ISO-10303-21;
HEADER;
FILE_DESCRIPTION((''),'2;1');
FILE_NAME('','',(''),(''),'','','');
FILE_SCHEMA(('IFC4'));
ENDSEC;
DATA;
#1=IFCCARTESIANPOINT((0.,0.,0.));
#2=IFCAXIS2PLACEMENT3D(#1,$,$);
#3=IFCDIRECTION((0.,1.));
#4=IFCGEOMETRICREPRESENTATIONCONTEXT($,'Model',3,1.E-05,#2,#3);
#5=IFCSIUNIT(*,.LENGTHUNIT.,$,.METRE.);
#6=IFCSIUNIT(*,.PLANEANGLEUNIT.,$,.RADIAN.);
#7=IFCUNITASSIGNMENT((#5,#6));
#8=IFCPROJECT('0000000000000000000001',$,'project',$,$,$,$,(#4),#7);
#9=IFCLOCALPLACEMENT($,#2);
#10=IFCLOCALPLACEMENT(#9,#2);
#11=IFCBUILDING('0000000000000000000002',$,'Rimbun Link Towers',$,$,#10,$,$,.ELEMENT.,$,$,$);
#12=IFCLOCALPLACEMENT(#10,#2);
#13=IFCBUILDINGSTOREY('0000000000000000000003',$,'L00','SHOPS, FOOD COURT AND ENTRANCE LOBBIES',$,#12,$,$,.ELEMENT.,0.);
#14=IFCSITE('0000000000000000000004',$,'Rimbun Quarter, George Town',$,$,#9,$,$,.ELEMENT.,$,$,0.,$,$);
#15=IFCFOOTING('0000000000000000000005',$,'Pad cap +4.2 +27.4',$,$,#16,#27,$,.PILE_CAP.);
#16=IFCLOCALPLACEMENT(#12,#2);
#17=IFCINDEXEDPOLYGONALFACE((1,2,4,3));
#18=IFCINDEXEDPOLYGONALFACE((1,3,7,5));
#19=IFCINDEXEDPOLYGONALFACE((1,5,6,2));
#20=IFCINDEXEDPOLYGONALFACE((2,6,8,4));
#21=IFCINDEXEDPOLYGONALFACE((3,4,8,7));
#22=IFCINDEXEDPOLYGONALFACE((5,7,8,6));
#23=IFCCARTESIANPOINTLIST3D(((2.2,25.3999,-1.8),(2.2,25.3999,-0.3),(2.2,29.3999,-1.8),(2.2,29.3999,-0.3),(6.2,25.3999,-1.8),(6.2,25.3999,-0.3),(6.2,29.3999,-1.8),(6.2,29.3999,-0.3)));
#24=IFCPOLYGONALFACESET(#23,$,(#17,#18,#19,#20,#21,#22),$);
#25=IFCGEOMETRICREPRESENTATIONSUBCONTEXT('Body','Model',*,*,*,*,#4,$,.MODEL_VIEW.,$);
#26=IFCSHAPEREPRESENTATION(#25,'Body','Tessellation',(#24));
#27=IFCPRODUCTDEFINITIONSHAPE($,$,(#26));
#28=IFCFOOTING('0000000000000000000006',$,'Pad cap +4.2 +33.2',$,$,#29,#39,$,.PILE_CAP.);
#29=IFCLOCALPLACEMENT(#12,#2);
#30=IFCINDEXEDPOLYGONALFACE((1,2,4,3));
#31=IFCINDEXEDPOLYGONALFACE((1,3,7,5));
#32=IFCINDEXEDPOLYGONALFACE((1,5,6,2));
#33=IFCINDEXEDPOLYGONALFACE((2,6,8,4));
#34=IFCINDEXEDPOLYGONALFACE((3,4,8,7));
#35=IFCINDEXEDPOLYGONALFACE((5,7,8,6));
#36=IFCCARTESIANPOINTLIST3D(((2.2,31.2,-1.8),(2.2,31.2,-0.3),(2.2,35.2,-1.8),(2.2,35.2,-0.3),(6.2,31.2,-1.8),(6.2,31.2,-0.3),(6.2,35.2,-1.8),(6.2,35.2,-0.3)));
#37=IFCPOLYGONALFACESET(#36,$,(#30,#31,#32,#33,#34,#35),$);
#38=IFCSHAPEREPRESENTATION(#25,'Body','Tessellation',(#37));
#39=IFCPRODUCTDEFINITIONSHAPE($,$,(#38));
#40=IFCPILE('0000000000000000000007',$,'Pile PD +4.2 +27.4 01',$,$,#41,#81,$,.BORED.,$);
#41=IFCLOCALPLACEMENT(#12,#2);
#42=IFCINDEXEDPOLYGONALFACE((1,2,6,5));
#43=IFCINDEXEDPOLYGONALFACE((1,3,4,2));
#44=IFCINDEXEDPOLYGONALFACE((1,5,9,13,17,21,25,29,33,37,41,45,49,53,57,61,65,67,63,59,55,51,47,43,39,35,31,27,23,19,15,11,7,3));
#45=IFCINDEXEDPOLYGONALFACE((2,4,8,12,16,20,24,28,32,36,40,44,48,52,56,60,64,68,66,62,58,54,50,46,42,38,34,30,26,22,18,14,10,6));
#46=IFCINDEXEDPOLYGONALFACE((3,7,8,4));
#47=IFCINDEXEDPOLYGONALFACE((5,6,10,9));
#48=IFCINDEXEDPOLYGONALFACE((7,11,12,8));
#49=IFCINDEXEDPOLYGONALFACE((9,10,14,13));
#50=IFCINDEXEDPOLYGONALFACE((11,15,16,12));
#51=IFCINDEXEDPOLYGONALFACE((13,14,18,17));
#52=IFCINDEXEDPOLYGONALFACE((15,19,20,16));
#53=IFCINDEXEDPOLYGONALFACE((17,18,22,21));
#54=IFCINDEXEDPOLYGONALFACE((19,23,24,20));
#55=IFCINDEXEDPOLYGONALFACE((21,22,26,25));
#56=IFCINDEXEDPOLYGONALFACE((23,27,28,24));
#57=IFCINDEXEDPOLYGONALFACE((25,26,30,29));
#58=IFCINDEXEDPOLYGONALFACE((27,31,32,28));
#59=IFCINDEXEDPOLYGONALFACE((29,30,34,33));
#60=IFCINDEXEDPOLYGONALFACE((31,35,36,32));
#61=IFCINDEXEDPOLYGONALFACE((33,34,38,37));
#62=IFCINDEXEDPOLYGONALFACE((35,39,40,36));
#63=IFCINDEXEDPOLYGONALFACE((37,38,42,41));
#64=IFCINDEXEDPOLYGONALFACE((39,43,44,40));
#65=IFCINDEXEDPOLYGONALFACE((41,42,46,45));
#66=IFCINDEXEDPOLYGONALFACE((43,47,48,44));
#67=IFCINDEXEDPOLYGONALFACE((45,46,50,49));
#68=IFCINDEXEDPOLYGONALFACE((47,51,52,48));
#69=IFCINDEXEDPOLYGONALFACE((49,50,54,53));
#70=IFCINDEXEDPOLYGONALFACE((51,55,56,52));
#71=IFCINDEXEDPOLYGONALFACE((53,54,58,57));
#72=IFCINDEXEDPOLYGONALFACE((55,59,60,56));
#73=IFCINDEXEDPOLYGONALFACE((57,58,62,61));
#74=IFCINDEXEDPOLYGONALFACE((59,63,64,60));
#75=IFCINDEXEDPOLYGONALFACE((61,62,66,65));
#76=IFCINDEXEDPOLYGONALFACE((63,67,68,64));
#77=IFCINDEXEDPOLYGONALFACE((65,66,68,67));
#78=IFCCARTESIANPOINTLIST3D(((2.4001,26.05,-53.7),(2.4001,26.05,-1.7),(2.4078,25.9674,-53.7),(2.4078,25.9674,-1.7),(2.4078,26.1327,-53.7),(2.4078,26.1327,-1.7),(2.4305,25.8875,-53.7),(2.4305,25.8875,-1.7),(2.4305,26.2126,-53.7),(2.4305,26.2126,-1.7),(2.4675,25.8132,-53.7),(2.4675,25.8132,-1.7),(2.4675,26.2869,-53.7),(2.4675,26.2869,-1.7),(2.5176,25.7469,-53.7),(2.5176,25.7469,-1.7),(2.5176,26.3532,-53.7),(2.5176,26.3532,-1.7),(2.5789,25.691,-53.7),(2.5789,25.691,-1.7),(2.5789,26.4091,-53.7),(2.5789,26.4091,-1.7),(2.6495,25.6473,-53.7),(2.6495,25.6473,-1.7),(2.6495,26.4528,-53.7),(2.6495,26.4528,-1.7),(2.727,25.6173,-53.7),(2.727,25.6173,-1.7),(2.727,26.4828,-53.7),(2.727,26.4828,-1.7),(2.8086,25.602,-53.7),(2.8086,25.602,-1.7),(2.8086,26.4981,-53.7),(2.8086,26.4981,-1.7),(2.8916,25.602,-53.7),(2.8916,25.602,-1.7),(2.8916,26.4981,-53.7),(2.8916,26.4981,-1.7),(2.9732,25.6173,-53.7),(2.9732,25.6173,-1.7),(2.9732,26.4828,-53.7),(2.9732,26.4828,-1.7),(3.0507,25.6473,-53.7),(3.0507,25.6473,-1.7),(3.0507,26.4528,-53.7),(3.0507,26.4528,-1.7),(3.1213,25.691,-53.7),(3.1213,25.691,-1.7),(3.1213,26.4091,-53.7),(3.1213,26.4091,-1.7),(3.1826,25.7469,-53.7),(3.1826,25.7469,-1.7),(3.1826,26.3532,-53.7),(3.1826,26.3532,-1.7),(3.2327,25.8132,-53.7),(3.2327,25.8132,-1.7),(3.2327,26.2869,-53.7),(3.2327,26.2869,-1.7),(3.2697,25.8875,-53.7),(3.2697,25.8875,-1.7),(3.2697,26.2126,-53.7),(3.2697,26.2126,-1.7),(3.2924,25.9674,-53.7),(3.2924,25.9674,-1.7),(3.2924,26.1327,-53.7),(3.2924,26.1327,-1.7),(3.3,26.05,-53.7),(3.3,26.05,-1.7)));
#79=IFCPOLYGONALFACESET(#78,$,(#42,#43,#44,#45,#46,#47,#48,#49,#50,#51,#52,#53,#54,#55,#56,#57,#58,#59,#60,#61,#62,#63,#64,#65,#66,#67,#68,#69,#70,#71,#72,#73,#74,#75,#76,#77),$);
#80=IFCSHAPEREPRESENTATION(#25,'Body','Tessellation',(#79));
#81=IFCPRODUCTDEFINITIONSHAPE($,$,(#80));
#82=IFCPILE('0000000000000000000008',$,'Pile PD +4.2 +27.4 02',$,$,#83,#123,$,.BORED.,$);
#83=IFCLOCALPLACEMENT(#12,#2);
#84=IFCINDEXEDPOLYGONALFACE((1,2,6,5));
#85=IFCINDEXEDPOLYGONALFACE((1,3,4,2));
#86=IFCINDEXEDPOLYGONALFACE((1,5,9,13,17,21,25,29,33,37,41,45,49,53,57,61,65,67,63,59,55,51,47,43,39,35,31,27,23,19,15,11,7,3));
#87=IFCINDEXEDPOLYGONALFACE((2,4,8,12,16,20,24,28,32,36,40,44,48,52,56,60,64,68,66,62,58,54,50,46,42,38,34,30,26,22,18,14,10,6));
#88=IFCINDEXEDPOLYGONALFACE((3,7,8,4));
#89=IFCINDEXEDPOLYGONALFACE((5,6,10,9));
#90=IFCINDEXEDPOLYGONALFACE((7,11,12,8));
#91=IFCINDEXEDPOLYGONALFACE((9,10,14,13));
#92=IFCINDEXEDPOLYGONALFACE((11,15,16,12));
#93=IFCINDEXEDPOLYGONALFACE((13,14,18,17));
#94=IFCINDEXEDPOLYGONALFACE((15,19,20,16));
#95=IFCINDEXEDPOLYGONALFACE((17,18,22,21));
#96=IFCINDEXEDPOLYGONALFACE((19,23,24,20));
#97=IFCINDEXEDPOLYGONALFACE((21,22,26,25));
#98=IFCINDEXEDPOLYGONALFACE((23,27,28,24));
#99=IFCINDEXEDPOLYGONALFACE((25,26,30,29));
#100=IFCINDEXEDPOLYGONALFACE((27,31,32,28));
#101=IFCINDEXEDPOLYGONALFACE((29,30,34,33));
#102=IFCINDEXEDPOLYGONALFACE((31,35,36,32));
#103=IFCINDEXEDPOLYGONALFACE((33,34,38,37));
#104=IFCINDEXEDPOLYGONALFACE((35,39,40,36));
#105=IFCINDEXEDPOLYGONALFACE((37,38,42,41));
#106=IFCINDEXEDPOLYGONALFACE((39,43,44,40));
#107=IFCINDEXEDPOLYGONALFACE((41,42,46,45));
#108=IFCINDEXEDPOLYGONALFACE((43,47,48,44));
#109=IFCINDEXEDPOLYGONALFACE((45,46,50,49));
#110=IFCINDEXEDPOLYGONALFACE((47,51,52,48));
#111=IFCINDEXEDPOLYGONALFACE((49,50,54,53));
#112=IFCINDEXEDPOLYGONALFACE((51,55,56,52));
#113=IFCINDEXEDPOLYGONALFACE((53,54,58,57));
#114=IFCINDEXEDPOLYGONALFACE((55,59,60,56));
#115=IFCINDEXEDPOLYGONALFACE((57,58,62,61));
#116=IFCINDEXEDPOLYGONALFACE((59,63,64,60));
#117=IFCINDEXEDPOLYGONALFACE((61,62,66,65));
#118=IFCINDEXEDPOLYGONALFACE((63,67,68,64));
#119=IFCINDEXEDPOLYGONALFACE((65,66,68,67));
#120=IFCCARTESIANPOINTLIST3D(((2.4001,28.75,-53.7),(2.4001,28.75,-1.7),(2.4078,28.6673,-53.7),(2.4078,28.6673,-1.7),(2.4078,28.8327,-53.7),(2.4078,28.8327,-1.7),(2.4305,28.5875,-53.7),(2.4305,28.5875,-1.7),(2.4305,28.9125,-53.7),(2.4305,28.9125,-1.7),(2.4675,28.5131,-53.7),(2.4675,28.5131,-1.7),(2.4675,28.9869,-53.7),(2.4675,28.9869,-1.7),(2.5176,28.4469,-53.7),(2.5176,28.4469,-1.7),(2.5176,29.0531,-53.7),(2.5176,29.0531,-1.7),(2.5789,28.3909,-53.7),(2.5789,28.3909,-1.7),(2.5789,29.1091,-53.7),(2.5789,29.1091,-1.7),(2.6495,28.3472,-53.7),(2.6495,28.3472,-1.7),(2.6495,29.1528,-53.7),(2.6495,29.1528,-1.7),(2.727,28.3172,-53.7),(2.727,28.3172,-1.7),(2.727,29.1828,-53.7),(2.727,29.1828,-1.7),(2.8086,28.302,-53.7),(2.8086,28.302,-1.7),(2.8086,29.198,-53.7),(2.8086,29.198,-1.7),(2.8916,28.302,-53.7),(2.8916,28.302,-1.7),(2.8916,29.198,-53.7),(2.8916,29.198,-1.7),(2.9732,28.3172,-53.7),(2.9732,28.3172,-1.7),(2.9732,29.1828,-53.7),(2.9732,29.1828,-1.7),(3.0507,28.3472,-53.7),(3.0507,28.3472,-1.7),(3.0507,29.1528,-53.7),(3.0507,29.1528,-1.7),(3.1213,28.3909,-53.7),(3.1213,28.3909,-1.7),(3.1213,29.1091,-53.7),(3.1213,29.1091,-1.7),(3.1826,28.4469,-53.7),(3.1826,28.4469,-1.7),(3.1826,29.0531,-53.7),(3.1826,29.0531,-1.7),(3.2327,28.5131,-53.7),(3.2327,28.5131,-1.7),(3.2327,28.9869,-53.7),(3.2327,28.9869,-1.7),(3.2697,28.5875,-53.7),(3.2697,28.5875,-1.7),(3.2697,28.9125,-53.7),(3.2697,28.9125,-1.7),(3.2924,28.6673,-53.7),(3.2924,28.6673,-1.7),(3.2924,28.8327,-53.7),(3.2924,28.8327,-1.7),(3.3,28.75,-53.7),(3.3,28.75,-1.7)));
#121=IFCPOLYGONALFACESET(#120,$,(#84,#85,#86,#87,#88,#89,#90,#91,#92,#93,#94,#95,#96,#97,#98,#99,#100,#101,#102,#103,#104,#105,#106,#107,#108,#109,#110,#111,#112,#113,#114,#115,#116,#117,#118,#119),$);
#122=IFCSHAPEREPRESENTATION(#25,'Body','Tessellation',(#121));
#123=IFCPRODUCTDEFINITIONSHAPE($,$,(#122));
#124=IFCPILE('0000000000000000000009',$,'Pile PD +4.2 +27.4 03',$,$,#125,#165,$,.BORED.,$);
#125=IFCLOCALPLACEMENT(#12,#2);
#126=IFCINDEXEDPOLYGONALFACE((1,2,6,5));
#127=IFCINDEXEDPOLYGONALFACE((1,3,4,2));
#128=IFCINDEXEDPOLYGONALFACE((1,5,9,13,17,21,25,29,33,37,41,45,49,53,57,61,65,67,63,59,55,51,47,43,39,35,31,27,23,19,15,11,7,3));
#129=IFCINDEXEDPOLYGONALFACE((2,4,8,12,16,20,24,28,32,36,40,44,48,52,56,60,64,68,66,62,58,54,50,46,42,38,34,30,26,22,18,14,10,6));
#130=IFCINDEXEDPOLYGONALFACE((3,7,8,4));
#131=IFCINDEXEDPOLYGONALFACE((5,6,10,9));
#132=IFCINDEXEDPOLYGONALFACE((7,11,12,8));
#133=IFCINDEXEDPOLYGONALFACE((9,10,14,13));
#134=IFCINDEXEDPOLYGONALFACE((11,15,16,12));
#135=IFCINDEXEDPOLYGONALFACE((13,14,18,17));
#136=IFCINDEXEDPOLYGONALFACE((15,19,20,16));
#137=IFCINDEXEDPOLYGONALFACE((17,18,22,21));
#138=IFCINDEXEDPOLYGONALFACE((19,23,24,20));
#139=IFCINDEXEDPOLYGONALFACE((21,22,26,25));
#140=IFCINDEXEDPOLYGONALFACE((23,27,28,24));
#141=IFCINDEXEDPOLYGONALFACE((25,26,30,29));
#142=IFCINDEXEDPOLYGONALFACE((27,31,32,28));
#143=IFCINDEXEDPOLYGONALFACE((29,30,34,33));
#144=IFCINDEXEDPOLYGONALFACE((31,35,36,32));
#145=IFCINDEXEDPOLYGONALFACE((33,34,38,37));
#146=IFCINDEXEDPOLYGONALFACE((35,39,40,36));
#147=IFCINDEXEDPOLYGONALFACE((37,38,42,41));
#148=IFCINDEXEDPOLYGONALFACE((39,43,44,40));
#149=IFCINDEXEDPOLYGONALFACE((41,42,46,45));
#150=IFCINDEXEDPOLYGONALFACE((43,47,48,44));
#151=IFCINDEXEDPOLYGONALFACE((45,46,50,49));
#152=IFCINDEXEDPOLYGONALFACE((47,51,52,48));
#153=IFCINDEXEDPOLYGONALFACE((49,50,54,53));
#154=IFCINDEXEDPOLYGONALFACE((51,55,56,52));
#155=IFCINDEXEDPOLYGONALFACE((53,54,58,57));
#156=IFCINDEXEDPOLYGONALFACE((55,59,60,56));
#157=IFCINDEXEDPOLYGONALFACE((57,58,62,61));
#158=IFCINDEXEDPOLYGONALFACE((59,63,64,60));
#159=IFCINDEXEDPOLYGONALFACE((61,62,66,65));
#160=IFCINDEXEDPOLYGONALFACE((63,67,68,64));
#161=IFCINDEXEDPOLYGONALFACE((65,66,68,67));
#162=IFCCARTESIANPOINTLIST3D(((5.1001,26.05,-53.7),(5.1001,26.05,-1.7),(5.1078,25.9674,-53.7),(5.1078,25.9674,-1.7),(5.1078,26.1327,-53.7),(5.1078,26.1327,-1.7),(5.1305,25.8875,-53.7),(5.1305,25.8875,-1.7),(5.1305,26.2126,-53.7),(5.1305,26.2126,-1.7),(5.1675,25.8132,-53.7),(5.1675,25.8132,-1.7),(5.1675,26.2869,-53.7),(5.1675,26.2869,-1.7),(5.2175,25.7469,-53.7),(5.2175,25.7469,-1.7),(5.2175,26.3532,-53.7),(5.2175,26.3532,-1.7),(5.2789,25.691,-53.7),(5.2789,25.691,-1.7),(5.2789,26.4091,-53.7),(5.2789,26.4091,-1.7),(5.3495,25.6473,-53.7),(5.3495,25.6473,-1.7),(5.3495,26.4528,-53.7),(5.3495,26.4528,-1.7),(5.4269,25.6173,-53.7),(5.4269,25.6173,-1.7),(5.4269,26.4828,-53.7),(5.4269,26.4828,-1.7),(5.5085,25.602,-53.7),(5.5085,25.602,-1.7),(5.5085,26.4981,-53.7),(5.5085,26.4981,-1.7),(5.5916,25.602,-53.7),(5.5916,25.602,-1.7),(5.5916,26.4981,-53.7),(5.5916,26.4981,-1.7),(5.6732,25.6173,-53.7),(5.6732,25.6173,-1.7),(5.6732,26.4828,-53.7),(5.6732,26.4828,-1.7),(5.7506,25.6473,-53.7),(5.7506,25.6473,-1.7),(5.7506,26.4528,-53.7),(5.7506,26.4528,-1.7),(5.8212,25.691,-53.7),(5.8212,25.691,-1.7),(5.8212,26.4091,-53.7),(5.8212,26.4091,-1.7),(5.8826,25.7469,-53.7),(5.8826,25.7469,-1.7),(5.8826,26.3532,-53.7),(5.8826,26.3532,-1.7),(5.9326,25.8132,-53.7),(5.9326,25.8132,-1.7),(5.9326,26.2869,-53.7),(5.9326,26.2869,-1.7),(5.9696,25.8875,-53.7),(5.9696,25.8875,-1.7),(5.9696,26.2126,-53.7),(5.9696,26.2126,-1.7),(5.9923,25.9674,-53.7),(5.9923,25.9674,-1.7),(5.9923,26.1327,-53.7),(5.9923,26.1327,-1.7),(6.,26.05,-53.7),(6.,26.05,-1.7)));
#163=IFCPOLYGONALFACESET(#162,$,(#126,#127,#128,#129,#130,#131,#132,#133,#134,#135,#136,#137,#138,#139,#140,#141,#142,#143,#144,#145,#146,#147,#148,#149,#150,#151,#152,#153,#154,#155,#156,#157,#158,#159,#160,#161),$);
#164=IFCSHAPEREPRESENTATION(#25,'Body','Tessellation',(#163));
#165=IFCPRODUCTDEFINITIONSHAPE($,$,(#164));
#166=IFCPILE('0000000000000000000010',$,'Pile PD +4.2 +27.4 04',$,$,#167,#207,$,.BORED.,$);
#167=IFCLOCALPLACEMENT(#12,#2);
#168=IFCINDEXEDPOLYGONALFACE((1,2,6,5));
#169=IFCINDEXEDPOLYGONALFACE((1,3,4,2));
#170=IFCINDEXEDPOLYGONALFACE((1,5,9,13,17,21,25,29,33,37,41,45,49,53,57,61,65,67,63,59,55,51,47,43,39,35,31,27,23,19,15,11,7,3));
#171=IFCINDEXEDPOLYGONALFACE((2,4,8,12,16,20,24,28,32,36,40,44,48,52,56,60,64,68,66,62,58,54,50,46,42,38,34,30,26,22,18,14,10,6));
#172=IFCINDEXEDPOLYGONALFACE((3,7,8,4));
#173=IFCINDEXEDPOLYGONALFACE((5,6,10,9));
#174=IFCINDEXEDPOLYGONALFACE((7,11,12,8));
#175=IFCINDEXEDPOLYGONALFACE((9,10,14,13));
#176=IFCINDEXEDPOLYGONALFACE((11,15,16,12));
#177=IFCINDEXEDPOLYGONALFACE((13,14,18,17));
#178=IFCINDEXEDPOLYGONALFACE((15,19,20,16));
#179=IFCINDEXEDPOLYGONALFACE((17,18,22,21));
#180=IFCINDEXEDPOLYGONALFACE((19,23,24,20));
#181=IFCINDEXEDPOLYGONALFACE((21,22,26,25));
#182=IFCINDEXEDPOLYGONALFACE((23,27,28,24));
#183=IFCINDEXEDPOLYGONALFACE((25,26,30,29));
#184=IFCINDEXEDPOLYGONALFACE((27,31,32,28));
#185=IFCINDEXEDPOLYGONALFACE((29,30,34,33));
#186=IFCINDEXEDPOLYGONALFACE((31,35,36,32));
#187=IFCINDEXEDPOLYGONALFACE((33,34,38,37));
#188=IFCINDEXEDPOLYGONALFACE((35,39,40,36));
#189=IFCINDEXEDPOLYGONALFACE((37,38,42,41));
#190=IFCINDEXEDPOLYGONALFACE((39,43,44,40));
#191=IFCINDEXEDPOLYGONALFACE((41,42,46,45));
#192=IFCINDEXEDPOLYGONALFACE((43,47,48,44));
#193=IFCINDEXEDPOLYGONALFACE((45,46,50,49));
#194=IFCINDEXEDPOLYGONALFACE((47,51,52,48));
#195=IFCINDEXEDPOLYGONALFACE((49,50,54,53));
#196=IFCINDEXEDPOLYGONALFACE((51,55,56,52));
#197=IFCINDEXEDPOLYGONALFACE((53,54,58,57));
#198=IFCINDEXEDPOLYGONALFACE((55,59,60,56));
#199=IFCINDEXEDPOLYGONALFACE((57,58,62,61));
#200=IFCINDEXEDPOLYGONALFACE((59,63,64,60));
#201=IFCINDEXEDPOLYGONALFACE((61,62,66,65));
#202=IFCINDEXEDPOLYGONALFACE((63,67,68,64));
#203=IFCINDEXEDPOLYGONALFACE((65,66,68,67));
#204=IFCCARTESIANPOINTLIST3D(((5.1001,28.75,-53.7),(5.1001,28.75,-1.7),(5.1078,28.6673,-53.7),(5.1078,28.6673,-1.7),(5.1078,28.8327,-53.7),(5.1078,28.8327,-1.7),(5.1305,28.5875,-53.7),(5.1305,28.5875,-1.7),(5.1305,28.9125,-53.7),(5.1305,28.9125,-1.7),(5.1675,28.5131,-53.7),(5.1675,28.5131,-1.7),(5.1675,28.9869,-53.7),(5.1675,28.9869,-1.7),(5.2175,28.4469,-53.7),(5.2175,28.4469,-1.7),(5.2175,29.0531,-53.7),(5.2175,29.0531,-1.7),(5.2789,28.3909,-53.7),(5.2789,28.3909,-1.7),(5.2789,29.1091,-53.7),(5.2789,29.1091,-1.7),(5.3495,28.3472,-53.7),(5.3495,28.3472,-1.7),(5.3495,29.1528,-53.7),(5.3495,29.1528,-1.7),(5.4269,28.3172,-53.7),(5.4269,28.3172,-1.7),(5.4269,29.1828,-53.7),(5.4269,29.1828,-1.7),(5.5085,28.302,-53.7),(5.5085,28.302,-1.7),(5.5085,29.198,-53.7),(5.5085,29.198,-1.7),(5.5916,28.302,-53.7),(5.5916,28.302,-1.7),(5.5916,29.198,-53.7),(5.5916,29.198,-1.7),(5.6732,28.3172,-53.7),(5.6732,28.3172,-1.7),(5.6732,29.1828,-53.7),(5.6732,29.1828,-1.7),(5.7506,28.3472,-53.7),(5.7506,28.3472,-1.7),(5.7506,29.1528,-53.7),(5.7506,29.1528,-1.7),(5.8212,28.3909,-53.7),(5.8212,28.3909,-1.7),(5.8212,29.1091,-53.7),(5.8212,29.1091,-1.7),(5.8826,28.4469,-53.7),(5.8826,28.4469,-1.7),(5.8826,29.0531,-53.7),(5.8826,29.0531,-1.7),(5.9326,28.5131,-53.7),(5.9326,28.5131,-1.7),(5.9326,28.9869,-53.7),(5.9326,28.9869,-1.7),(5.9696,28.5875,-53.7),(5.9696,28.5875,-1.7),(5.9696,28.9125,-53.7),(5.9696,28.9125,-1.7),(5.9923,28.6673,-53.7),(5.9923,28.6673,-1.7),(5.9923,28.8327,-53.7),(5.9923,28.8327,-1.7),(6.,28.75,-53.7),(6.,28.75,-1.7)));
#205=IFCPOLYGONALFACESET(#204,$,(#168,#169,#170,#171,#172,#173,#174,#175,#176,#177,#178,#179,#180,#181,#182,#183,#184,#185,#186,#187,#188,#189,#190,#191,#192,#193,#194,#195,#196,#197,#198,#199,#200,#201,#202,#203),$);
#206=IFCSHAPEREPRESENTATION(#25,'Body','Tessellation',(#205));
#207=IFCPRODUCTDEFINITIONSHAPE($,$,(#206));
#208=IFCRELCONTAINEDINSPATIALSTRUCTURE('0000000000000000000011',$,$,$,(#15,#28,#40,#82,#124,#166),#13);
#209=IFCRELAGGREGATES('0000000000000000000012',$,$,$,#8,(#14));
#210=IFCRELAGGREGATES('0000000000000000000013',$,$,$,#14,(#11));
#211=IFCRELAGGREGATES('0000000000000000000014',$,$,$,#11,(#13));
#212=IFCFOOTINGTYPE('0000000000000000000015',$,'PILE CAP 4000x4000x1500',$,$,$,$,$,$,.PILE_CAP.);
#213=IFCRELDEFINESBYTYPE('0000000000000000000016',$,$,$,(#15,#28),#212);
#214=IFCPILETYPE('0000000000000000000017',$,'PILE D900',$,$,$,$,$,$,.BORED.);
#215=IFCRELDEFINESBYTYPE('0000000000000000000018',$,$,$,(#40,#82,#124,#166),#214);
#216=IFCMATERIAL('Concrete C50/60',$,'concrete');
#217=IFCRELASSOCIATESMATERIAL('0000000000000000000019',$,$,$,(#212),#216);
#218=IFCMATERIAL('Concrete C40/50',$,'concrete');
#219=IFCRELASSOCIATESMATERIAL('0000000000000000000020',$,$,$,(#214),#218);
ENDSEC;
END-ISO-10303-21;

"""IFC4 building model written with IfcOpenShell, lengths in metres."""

from ifc_helpers import new_model, si_unit, direction, frame, origin, origin_2d, place, context, subcontext, project, spatial, rectangle, circle, extrude, material, material_profile, profile_set, type_object, element, save


model = new_model("IFC4")

# Units and contexts
model_context = context("Model", 3, precision=1e-05, world=origin(), true_north=direction((0.0, 1.0)))
body_context = subcontext(model_context, "Body", "Model", "MODEL_VIEW")
ifc_project = project(units=[si_unit("LENGTHUNIT", "METRE"), si_unit("PLANEANGLEUNIT", "RADIAN")], contexts=[model_context])

# Site, building, storey
site_placement = place(None, origin())
site = spatial("IfcSite", under=ifc_project, at=site_placement, Name="Rimbun Quarter, George Town", CompositionType="ELEMENT", RefElevation=0.0)
building_placement = place(site_placement, origin())
building = spatial("IfcBuilding", under=site, at=building_placement, Name="Rimbun Link Towers", CompositionType="ELEMENT")
storey_placement = place(building_placement, origin())
storey = spatial("IfcBuildingStorey", under=building, at=storey_placement, Name="L00", Description="SHOPS, FOOD COURT AND ENTRANCE LOBBIES", CompositionType="ELEMENT", Elevation=0.0)

# Footings
ifc_material_1 = material(Name="Concrete C50/60", Category="concrete")
footing_type = type_object("IfcFootingType", Name="PILE CAP 4000x4000x1500", PredefinedType="PILE_CAP", material=ifc_material_1)
for number, where, z_axis, x_axis, name in (
    (1, (4.2, 27.3999, -1.8), (0.0, 0.0, 1.0), (1.0, 0.0, 0.0), "Pad cap +4.2 +27.4"),
    (2, (4.2, 33.2, -1.8), (0.0, 0.0, 1.0), (1.0, 0.0, 0.0), "Pad cap +4.2 +33.2"),
):
    element("IfcFooting", number, at=place(storey_placement, frame(where, z_axis=z_axis, x_axis=x_axis)), inside=storey, type_object=footing_type, Name=name, PredefinedType="PILE_CAP", context=body_context, shape_type="SweptSolid", body=[
        extrude(rectangle(XDim=4.0, YDim=4.0, at=origin_2d()), origin(), (0.0, 0.0, 1.0), 1.5),
    ])

# Piles
ifc_material_2 = material(Name="Concrete C40/50", Category="concrete")
ifc_material_profile_1 = material_profile(ifc_material_2, circle(Radius=0.45, at=origin_2d()), Name="PILE D900")
ifc_profile_set_1 = profile_set([ifc_material_profile_1], Name="Concrete C40/50")
pile_type = type_object("IfcPileType", Name="PILE D900", PredefinedType="BORED", material=ifc_profile_set_1)
for number, where, z_axis, x_axis, name in (
    (3, (2.8501, 26.05, -1.7), (0.0, 0.0, -1.0), (1.0, 0.0, 0.0), "Pile PD +4.2 +27.4 01"),
    (4, (2.8501, 28.75, -1.7), (0.0, 0.0, -1.0), (1.0, 0.0, 0.0), "Pile PD +4.2 +27.4 02"),
    (5, (5.55, 26.05, -1.7), (0.0, 0.0, -1.0), (1.0, 0.0, 0.0), "Pile PD +4.2 +27.4 03"),
    (6, (5.55, 28.75, -1.7), (0.0, 0.0, -1.0), (1.0, 0.0, 0.0), "Pile PD +4.2 +27.4 04"),
):
    element("IfcPile", number, at=place(storey_placement, frame(where, z_axis=z_axis, x_axis=x_axis)), inside=storey, type_object=pile_type, Name=name, PredefinedType="BORED", context=body_context, shape_type="SweptSolid", body=[
        extrude(circle(Radius=0.45, at=origin_2d()), origin(), (0.0, 0.0, 1.0), 52.0),
    ])

save(model, "model.ifc")
